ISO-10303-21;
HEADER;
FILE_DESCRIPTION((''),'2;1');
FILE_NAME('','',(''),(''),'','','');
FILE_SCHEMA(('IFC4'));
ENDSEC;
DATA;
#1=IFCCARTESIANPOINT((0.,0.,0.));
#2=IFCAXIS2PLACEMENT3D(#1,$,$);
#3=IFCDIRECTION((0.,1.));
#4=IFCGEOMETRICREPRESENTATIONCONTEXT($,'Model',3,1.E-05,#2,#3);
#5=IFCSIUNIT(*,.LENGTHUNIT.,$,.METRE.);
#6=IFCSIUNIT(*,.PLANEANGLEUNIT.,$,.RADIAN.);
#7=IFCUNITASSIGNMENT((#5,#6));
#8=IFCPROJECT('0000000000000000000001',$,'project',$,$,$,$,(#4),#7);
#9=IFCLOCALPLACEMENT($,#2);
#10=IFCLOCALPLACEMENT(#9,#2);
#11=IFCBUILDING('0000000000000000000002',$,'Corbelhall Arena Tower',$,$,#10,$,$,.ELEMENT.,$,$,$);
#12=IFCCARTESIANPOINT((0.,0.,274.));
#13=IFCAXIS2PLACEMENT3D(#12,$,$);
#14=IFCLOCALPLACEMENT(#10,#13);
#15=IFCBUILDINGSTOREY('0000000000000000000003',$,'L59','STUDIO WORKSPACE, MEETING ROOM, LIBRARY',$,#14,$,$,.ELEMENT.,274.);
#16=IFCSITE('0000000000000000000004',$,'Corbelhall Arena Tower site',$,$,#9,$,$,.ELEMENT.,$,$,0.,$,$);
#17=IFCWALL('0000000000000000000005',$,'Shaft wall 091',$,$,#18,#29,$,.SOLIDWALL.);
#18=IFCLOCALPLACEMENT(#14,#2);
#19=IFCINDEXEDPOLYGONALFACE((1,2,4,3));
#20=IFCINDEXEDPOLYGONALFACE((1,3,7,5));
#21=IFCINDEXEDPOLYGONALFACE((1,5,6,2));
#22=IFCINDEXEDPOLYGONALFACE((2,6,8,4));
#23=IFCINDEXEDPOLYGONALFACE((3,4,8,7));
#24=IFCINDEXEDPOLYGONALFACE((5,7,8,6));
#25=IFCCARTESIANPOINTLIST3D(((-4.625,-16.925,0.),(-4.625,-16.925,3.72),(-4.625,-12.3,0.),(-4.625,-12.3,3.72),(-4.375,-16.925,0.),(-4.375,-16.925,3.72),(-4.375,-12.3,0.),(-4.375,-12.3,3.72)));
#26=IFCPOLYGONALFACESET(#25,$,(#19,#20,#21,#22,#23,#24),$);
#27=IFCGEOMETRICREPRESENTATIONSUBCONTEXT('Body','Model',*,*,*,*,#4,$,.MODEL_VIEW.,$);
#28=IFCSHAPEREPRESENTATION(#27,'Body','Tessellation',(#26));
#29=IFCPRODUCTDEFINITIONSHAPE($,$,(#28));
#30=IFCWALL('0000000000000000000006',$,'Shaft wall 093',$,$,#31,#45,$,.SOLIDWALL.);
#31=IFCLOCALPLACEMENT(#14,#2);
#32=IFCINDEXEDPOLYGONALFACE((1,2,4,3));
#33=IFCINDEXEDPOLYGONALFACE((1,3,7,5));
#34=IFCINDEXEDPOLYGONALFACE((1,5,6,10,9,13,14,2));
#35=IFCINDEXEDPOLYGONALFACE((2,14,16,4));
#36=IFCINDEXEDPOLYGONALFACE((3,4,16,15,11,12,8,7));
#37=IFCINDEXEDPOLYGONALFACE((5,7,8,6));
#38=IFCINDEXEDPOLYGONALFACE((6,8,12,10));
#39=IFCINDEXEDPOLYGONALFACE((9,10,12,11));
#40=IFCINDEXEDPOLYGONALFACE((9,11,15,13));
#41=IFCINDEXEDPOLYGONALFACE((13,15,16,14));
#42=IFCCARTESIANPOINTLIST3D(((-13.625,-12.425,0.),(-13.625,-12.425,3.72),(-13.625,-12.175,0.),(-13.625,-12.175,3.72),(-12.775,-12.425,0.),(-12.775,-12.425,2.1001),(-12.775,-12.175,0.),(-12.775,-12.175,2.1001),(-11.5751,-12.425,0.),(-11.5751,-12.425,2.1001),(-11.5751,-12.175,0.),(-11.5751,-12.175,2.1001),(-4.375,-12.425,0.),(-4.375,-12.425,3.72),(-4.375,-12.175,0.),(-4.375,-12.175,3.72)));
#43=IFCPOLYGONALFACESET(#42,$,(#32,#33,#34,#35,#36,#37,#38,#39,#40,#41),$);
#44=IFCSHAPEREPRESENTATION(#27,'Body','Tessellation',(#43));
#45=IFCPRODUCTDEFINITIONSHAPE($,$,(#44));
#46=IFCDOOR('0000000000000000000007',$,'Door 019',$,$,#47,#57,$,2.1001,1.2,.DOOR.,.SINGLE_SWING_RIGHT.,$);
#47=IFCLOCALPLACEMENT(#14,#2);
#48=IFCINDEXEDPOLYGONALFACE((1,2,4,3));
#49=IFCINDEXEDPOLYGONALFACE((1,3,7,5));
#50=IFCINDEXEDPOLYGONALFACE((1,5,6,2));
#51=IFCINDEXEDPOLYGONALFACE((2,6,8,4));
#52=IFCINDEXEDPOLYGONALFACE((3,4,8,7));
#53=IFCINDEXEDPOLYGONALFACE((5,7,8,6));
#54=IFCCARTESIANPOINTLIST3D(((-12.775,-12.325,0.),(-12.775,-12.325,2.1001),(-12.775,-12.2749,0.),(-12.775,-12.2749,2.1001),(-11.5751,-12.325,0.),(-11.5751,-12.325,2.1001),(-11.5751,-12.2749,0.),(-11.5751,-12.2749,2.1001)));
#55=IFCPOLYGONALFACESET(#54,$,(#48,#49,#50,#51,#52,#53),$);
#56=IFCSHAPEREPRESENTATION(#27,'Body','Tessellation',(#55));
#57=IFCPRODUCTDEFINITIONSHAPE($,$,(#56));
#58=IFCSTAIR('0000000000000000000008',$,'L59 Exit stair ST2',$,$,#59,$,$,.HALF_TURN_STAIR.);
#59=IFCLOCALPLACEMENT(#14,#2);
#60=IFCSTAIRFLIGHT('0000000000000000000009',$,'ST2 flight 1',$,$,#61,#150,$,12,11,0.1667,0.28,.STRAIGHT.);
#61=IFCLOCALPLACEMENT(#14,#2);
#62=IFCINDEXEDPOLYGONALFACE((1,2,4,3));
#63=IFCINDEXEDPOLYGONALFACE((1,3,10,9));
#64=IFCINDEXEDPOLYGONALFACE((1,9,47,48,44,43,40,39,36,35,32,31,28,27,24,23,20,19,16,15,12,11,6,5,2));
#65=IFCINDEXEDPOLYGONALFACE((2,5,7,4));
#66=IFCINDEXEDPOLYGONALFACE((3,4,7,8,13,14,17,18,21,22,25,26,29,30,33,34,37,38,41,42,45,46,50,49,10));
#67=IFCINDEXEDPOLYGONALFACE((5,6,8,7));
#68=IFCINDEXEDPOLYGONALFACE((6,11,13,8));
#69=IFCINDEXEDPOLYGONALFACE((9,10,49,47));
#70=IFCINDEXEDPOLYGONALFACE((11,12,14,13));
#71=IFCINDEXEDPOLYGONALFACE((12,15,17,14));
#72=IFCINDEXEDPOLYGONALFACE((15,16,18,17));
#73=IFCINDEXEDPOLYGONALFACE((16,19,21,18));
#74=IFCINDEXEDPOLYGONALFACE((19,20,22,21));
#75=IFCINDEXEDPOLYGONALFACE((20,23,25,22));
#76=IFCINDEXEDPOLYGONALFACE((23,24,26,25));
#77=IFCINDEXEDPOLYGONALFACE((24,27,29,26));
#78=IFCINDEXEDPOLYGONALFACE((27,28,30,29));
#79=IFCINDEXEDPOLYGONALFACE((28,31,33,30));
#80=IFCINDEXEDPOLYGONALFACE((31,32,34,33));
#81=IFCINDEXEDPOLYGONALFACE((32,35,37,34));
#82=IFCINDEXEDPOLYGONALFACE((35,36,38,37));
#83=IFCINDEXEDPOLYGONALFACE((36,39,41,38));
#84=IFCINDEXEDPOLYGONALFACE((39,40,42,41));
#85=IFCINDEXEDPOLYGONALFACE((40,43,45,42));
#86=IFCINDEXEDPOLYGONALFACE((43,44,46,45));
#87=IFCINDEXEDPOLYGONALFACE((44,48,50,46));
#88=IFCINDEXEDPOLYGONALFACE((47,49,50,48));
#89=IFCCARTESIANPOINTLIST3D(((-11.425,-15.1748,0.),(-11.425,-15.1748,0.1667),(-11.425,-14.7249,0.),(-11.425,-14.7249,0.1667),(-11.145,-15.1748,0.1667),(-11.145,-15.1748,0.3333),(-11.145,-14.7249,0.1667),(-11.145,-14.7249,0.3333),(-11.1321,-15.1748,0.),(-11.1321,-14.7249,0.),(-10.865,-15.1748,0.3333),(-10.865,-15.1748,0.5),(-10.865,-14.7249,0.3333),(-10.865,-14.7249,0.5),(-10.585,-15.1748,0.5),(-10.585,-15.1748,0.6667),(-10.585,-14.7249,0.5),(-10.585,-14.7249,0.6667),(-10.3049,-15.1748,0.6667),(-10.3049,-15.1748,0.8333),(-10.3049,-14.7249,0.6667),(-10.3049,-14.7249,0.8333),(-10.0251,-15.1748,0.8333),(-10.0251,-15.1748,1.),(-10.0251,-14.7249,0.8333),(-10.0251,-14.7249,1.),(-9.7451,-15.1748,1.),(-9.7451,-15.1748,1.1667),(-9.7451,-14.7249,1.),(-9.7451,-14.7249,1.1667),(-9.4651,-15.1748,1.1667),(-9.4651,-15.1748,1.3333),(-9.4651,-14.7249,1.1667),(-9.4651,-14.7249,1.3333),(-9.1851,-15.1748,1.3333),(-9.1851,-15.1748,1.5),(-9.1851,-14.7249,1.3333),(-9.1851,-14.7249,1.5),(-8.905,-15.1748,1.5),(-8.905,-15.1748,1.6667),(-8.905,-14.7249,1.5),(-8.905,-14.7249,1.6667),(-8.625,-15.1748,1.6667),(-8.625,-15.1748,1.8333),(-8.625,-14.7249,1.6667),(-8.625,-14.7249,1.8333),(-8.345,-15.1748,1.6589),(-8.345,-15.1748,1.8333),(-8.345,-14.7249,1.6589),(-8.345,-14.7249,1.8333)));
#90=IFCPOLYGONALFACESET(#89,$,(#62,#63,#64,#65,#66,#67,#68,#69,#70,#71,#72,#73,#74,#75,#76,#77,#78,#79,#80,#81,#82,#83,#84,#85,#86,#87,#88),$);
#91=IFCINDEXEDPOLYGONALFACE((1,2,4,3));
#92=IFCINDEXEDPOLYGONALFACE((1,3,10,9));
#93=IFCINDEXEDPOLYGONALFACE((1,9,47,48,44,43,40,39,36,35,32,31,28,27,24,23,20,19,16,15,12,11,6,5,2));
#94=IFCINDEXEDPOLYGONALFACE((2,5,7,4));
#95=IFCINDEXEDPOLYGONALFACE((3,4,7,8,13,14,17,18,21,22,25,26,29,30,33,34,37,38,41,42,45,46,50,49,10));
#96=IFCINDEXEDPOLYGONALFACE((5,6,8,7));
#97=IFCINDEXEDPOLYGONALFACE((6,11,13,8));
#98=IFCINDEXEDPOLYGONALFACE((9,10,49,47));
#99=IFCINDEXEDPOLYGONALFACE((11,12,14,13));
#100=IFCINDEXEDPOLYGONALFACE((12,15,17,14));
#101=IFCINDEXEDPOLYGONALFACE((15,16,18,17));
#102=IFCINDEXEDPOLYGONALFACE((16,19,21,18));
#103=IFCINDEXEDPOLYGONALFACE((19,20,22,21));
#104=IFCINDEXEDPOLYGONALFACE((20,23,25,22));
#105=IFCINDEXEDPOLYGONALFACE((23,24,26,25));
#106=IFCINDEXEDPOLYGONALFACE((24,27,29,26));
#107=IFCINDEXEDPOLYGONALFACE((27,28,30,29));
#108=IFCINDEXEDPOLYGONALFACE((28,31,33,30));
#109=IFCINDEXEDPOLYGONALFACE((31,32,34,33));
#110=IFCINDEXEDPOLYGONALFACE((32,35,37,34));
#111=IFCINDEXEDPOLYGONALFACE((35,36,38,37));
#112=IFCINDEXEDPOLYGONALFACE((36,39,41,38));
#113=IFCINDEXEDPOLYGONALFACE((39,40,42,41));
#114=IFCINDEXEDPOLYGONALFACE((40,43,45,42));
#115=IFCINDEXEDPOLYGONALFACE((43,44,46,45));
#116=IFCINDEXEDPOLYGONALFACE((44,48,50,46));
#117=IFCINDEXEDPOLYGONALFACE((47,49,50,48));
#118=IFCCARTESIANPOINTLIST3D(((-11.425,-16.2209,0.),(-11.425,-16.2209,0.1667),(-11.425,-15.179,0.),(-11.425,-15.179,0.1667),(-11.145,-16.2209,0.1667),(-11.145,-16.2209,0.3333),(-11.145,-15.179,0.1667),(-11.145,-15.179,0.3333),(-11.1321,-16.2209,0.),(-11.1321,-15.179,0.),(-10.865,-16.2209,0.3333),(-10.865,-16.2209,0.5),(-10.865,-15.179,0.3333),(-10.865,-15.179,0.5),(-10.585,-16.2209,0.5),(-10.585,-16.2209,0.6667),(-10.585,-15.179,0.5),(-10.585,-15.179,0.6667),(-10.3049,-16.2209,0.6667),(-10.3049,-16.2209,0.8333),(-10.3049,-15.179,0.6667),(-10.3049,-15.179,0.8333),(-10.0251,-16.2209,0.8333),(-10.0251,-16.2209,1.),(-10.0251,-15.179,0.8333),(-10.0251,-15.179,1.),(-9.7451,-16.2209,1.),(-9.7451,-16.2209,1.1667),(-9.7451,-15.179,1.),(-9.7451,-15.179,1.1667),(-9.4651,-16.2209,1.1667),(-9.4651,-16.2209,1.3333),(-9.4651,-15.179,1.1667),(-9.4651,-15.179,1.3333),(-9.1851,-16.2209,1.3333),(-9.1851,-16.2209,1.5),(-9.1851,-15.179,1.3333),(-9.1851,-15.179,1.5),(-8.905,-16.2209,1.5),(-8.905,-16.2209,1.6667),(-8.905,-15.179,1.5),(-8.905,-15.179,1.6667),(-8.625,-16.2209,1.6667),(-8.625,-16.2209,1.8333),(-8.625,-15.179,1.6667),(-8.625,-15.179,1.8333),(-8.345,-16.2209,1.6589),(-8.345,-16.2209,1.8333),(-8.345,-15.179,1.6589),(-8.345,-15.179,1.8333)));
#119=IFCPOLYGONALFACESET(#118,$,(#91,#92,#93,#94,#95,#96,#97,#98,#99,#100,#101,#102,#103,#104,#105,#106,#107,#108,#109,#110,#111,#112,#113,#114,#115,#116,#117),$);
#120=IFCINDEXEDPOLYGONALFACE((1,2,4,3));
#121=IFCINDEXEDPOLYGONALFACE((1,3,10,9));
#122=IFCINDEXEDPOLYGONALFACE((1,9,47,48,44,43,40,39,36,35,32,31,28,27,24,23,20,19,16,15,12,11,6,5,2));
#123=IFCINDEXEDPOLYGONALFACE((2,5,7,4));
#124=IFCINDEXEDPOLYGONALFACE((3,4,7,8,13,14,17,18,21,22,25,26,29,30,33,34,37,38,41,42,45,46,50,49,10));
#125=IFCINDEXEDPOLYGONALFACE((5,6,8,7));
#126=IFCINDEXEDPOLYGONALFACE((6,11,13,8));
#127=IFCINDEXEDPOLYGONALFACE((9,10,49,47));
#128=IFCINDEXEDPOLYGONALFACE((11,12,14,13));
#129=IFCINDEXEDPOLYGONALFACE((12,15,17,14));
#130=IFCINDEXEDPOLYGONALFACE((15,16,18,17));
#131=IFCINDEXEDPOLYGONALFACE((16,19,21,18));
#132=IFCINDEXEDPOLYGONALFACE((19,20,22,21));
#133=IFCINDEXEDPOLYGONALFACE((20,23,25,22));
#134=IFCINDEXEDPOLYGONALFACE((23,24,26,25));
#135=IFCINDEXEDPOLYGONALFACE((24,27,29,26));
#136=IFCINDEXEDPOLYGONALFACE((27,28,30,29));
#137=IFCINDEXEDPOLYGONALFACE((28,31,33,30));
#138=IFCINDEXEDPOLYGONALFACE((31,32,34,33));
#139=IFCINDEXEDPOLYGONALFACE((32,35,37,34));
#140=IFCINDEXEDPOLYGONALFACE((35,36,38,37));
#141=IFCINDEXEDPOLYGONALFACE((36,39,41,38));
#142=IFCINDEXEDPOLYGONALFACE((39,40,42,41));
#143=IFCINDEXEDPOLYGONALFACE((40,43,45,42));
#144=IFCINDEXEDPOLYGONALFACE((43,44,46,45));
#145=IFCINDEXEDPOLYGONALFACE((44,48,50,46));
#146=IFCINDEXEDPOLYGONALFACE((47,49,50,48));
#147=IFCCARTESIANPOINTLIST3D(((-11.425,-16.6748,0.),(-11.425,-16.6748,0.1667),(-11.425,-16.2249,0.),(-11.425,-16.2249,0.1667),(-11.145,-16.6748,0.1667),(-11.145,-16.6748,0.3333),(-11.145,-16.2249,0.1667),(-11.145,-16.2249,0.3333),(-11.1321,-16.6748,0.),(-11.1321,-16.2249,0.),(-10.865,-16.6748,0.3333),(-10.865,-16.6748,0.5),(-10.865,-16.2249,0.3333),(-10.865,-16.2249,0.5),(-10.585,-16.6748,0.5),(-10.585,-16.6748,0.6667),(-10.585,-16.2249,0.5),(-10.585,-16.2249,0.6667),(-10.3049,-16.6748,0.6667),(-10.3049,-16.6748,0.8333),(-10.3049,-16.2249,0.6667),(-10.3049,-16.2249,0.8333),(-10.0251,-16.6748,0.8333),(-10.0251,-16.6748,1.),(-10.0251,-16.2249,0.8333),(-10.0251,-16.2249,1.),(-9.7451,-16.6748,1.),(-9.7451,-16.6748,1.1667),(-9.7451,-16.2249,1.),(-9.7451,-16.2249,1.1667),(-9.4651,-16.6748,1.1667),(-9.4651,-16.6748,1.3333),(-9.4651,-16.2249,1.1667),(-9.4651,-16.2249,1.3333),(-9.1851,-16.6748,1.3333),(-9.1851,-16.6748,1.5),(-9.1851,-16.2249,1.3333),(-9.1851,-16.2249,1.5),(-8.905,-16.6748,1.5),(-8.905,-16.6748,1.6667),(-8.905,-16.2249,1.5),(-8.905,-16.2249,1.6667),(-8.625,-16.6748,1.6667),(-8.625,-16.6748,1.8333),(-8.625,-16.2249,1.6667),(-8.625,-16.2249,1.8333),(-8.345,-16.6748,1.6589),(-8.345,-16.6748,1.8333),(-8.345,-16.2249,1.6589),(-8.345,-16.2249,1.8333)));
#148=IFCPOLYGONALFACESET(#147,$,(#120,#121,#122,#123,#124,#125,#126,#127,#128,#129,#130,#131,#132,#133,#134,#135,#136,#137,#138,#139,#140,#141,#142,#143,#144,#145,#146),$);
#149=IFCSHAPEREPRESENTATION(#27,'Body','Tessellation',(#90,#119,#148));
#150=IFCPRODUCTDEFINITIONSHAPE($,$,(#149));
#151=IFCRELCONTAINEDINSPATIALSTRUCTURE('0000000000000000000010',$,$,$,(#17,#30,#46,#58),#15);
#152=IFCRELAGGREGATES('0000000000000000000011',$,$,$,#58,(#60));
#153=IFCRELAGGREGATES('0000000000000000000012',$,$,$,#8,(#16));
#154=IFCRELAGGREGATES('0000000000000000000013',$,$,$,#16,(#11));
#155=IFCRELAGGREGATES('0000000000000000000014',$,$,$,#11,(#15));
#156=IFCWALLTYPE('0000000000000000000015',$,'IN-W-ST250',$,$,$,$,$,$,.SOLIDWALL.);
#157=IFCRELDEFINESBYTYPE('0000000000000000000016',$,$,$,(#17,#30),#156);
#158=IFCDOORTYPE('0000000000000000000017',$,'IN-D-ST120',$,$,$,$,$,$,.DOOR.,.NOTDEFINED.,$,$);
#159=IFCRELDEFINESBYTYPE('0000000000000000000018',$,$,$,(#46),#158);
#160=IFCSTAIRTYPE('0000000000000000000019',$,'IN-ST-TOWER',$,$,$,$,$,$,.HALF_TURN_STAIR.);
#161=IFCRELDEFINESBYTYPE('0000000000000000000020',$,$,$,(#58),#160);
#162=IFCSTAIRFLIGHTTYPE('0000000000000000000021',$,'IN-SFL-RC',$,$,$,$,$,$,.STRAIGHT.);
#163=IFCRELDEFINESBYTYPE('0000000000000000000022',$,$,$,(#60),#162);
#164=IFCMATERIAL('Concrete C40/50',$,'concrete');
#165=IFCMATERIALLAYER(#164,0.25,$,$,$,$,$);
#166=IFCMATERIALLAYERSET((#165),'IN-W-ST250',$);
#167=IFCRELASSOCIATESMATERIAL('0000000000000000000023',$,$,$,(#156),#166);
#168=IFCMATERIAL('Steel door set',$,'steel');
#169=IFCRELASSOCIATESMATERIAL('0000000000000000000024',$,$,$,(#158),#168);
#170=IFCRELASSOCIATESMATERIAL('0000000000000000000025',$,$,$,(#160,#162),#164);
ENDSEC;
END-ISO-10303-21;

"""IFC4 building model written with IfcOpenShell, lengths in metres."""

from ifc_helpers import new_model, si_unit, direction, frame, frame_2d, origin, place, context, subcontext, project, spatial, polyline, rectangle, outline, extrude, material, layer, layer_set, type_object, element, fill, aggregate, save


model = new_model("IFC4")

# Units and contexts
model_context = context("Model", 3, precision=1e-05, world=origin(), true_north=direction((0.0, 1.0)))
body_context = subcontext(model_context, "Body", "Model", "MODEL_VIEW")
ifc_project = project(units=[si_unit("LENGTHUNIT", "METRE"), si_unit("PLANEANGLEUNIT", "RADIAN")], contexts=[model_context])

# Site, building, storey
site_placement = place(None, origin())
site = spatial("IfcSite", under=ifc_project, at=site_placement, Name="Corbelhall Arena Tower site", CompositionType="ELEMENT", RefElevation=0.0)
building_placement = place(site_placement, origin())
building = spatial("IfcBuilding", under=site, at=building_placement, Name="Corbelhall Arena Tower", CompositionType="ELEMENT")
storey_placement = place(building_placement, frame((0.0, 0.0, 274.0)))
storey = spatial("IfcBuildingStorey", under=building, at=storey_placement, Name="L59", Description="STUDIO WORKSPACE, MEETING ROOM, LIBRARY", CompositionType="ELEMENT", Elevation=274.0)

# Wall
ifc_material_1 = material(Name="Concrete C40/50", Category="concrete")
ifc_layer_1 = layer(ifc_material_1, 0.25)
ifc_layer_set_1 = layer_set([ifc_layer_1], Name="IN-W-ST250")
wall_type_1 = type_object("IfcWallType", Name="IN-W-ST250", PredefinedType="SOLIDWALL", material=ifc_layer_set_1)
wall_1_placement = place(storey_placement, frame((-4.5, -12.3, 0.0), z_axis=(0.0, 0.0, 1.0), x_axis=(0.0, -1.0, 0.0)))
element("IfcWall", 1, at=wall_1_placement, inside=storey, type_object=wall_type_1, Name="Shaft wall 091", PredefinedType="SOLIDWALL", context=body_context, shape_type="SweptSolid", body=[
    extrude(rectangle(XDim=4.625, YDim=0.25, at=frame_2d((2.3125, 0.0))), origin(), (0.0, 0.0, 1.0), 3.72),
])

# Wall, opening, door
wall_2_placement = place(storey_placement, frame((-4.375, -12.3, 0.0), z_axis=(0.0, 0.0, 1.0), x_axis=(-1.0, 0.0, 0.0)))
wall_2 = element("IfcWall", 2, at=wall_2_placement, inside=storey, type_object=wall_type_1, Name="Shaft wall 093", PredefinedType="SOLIDWALL", context=body_context, shape_type="SweptSolid", body=[
    extrude(rectangle(XDim=9.25, YDim=0.25, at=frame_2d((4.625, 0.0))), origin(), (0.0, 0.0, 1.0), 3.72),
])
opening_1_placement = place(wall_2_placement, frame((7.2, 0.0, 0.0)))
opening_1 = element("IfcOpeningElement", 3, at=opening_1_placement, cuts=wall_2, PredefinedType="OPENING", context=body_context, shape_type="SweptSolid", body=[
    extrude(rectangle(XDim=1.2, YDim=2.1001, at=frame_2d((0.6001, 1.05))), frame((0.0, 0.125, 0.0), z_axis=(0.0, -1.0, 0.0), x_axis=(1.0, 0.0, 0.0)), (0.0, 0.0, 1.0), 0.25),
])
ifc_material_2 = material(Name="Steel door set", Category="steel")
door_type = type_object("IfcDoorType", Name="IN-D-ST120", OperationType="NOTDEFINED", PredefinedType="DOOR", material=ifc_material_2)
door_placement = place(opening_1_placement, origin())
door = element("IfcDoor", 4, at=door_placement, inside=storey, type_object=door_type, Name="Door 019", OperationType="SINGLE_SWING_RIGHT", OverallHeight=2.1001, OverallWidth=1.2, PredefinedType="DOOR", context=body_context, shape_type="SweptSolid", body=[
    extrude(rectangle(XDim=1.2, YDim=2.1001, at=frame_2d((0.6001, 1.05))), frame((0.0, 0.0249, 0.0), z_axis=(0.0, -1.0, 0.0), x_axis=(1.0, 0.0, 0.0)), (0.0, 0.0, 1.0), 0.05),
])
fill(opening_1, door)

# Stair, stair flight
stair_type = type_object("IfcStairType", Name="IN-ST-TOWER", PredefinedType="HALF_TURN_STAIR", material=ifc_material_1)
stair_placement = place(storey_placement, origin())
stair = element("IfcStair", 5, at=stair_placement, inside=storey, type_object=stair_type, Name="L59 Exit stair ST2", PredefinedType="HALF_TURN_STAIR")
stair_flight_type = type_object("IfcStairFlightType", Name="IN-SFL-RC", PredefinedType="STRAIGHT", material=ifc_material_1)
stair_flight_1_placement = place(storey_placement, frame((-11.425, -15.7, 0.0), z_axis=(0.0, 0.0, 1.0), x_axis=(1.0, 0.0, 0.0)))
stair_flight_1 = element("IfcStairFlight", 6, at=stair_flight_1_placement, type_object=stair_flight_type, Name="ST2 flight 1", NumberOfRisers=12, NumberOfTreads=11, PredefinedType="STRAIGHT", RiserHeight=0.1667, TreadLength=0.28, context=body_context, shape_type="SweptSolid", body=[
    extrude(outline(polyline([(0.0, 0.0), (0.0, 0.1667), (0.28, 0.1667), (0.28, 0.3333), (0.5601, 0.3333), (0.5601, 0.5), (0.8401, 0.5), (0.8401, 0.6667), (1.1201, 0.6667), (1.1201, 0.8333), (1.3999, 0.8333), (1.3999, 1.0), (1.6799, 1.0), (1.6799, 1.1667), (1.96, 1.1667), (1.96, 1.3333), (2.24, 1.3333), (2.24, 1.5), (2.52, 1.5), (2.52, 1.6667), (2.8, 1.6667), (2.8, 1.8333), (3.0801, 1.8333), (3.0801, 2.0), (3.0801, 1.6589), (0.293, 0.0), (0.0, 0.0)])), frame((0.0, 0.9751, 0.0), z_axis=(0.0, -1.0, 0.0), x_axis=(1.0, 0.0, 0.0)), (0.0, 0.0, 1.0), 0.45),
    extrude(outline(polyline([(0.0, 0.0), (0.0, 0.1667), (0.28, 0.1667), (0.28, 0.3333), (0.5601, 0.3333), (0.5601, 0.5), (0.8401, 0.5), (0.8401, 0.6667), (1.1201, 0.6667), (1.1201, 0.8333), (1.3999, 0.8333), (1.3999, 1.0), (1.6799, 1.0), (1.6799, 1.1667), (1.96, 1.1667), (1.96, 1.3333), (2.24, 1.3333), (2.24, 1.5), (2.52, 1.5), (2.52, 1.6667), (2.8, 1.6667), (2.8, 1.8333), (3.0801, 1.8333), (3.0801, 2.0), (3.0801, 1.6589), (0.293, 0.0), (0.0, 0.0)])), frame((0.0, 0.521, 0.0), z_axis=(0.0, -1.0, 0.0), x_axis=(1.0, 0.0, 0.0)), (0.0, 0.0, 1.0), 1.042),
    extrude(outline(polyline([(0.0, 0.0), (0.0, 0.1667), (0.28, 0.1667), (0.28, 0.3333), (0.5601, 0.3333), (0.5601, 0.5), (0.8401, 0.5), (0.8401, 0.6667), (1.1201, 0.6667), (1.1201, 0.8333), (1.3999, 0.8333), (1.3999, 1.0), (1.6799, 1.0), (1.6799, 1.1667), (1.96, 1.1667), (1.96, 1.3333), (2.24, 1.3333), (2.24, 1.5), (2.52, 1.5), (2.52, 1.6667), (2.8, 1.6667), (2.8, 1.8333), (3.0801, 1.8333), (3.0801, 2.0), (3.0801, 1.6589), (0.293, 0.0), (0.0, 0.0)])), frame((0.0, -0.5249, 0.0), z_axis=(0.0, -1.0, 0.0), x_axis=(1.0, 0.0, 0.0)), (0.0, 0.0, 1.0), 0.45),
])
aggregate(stair, [stair_flight_1])

save(model, "model.ifc")
